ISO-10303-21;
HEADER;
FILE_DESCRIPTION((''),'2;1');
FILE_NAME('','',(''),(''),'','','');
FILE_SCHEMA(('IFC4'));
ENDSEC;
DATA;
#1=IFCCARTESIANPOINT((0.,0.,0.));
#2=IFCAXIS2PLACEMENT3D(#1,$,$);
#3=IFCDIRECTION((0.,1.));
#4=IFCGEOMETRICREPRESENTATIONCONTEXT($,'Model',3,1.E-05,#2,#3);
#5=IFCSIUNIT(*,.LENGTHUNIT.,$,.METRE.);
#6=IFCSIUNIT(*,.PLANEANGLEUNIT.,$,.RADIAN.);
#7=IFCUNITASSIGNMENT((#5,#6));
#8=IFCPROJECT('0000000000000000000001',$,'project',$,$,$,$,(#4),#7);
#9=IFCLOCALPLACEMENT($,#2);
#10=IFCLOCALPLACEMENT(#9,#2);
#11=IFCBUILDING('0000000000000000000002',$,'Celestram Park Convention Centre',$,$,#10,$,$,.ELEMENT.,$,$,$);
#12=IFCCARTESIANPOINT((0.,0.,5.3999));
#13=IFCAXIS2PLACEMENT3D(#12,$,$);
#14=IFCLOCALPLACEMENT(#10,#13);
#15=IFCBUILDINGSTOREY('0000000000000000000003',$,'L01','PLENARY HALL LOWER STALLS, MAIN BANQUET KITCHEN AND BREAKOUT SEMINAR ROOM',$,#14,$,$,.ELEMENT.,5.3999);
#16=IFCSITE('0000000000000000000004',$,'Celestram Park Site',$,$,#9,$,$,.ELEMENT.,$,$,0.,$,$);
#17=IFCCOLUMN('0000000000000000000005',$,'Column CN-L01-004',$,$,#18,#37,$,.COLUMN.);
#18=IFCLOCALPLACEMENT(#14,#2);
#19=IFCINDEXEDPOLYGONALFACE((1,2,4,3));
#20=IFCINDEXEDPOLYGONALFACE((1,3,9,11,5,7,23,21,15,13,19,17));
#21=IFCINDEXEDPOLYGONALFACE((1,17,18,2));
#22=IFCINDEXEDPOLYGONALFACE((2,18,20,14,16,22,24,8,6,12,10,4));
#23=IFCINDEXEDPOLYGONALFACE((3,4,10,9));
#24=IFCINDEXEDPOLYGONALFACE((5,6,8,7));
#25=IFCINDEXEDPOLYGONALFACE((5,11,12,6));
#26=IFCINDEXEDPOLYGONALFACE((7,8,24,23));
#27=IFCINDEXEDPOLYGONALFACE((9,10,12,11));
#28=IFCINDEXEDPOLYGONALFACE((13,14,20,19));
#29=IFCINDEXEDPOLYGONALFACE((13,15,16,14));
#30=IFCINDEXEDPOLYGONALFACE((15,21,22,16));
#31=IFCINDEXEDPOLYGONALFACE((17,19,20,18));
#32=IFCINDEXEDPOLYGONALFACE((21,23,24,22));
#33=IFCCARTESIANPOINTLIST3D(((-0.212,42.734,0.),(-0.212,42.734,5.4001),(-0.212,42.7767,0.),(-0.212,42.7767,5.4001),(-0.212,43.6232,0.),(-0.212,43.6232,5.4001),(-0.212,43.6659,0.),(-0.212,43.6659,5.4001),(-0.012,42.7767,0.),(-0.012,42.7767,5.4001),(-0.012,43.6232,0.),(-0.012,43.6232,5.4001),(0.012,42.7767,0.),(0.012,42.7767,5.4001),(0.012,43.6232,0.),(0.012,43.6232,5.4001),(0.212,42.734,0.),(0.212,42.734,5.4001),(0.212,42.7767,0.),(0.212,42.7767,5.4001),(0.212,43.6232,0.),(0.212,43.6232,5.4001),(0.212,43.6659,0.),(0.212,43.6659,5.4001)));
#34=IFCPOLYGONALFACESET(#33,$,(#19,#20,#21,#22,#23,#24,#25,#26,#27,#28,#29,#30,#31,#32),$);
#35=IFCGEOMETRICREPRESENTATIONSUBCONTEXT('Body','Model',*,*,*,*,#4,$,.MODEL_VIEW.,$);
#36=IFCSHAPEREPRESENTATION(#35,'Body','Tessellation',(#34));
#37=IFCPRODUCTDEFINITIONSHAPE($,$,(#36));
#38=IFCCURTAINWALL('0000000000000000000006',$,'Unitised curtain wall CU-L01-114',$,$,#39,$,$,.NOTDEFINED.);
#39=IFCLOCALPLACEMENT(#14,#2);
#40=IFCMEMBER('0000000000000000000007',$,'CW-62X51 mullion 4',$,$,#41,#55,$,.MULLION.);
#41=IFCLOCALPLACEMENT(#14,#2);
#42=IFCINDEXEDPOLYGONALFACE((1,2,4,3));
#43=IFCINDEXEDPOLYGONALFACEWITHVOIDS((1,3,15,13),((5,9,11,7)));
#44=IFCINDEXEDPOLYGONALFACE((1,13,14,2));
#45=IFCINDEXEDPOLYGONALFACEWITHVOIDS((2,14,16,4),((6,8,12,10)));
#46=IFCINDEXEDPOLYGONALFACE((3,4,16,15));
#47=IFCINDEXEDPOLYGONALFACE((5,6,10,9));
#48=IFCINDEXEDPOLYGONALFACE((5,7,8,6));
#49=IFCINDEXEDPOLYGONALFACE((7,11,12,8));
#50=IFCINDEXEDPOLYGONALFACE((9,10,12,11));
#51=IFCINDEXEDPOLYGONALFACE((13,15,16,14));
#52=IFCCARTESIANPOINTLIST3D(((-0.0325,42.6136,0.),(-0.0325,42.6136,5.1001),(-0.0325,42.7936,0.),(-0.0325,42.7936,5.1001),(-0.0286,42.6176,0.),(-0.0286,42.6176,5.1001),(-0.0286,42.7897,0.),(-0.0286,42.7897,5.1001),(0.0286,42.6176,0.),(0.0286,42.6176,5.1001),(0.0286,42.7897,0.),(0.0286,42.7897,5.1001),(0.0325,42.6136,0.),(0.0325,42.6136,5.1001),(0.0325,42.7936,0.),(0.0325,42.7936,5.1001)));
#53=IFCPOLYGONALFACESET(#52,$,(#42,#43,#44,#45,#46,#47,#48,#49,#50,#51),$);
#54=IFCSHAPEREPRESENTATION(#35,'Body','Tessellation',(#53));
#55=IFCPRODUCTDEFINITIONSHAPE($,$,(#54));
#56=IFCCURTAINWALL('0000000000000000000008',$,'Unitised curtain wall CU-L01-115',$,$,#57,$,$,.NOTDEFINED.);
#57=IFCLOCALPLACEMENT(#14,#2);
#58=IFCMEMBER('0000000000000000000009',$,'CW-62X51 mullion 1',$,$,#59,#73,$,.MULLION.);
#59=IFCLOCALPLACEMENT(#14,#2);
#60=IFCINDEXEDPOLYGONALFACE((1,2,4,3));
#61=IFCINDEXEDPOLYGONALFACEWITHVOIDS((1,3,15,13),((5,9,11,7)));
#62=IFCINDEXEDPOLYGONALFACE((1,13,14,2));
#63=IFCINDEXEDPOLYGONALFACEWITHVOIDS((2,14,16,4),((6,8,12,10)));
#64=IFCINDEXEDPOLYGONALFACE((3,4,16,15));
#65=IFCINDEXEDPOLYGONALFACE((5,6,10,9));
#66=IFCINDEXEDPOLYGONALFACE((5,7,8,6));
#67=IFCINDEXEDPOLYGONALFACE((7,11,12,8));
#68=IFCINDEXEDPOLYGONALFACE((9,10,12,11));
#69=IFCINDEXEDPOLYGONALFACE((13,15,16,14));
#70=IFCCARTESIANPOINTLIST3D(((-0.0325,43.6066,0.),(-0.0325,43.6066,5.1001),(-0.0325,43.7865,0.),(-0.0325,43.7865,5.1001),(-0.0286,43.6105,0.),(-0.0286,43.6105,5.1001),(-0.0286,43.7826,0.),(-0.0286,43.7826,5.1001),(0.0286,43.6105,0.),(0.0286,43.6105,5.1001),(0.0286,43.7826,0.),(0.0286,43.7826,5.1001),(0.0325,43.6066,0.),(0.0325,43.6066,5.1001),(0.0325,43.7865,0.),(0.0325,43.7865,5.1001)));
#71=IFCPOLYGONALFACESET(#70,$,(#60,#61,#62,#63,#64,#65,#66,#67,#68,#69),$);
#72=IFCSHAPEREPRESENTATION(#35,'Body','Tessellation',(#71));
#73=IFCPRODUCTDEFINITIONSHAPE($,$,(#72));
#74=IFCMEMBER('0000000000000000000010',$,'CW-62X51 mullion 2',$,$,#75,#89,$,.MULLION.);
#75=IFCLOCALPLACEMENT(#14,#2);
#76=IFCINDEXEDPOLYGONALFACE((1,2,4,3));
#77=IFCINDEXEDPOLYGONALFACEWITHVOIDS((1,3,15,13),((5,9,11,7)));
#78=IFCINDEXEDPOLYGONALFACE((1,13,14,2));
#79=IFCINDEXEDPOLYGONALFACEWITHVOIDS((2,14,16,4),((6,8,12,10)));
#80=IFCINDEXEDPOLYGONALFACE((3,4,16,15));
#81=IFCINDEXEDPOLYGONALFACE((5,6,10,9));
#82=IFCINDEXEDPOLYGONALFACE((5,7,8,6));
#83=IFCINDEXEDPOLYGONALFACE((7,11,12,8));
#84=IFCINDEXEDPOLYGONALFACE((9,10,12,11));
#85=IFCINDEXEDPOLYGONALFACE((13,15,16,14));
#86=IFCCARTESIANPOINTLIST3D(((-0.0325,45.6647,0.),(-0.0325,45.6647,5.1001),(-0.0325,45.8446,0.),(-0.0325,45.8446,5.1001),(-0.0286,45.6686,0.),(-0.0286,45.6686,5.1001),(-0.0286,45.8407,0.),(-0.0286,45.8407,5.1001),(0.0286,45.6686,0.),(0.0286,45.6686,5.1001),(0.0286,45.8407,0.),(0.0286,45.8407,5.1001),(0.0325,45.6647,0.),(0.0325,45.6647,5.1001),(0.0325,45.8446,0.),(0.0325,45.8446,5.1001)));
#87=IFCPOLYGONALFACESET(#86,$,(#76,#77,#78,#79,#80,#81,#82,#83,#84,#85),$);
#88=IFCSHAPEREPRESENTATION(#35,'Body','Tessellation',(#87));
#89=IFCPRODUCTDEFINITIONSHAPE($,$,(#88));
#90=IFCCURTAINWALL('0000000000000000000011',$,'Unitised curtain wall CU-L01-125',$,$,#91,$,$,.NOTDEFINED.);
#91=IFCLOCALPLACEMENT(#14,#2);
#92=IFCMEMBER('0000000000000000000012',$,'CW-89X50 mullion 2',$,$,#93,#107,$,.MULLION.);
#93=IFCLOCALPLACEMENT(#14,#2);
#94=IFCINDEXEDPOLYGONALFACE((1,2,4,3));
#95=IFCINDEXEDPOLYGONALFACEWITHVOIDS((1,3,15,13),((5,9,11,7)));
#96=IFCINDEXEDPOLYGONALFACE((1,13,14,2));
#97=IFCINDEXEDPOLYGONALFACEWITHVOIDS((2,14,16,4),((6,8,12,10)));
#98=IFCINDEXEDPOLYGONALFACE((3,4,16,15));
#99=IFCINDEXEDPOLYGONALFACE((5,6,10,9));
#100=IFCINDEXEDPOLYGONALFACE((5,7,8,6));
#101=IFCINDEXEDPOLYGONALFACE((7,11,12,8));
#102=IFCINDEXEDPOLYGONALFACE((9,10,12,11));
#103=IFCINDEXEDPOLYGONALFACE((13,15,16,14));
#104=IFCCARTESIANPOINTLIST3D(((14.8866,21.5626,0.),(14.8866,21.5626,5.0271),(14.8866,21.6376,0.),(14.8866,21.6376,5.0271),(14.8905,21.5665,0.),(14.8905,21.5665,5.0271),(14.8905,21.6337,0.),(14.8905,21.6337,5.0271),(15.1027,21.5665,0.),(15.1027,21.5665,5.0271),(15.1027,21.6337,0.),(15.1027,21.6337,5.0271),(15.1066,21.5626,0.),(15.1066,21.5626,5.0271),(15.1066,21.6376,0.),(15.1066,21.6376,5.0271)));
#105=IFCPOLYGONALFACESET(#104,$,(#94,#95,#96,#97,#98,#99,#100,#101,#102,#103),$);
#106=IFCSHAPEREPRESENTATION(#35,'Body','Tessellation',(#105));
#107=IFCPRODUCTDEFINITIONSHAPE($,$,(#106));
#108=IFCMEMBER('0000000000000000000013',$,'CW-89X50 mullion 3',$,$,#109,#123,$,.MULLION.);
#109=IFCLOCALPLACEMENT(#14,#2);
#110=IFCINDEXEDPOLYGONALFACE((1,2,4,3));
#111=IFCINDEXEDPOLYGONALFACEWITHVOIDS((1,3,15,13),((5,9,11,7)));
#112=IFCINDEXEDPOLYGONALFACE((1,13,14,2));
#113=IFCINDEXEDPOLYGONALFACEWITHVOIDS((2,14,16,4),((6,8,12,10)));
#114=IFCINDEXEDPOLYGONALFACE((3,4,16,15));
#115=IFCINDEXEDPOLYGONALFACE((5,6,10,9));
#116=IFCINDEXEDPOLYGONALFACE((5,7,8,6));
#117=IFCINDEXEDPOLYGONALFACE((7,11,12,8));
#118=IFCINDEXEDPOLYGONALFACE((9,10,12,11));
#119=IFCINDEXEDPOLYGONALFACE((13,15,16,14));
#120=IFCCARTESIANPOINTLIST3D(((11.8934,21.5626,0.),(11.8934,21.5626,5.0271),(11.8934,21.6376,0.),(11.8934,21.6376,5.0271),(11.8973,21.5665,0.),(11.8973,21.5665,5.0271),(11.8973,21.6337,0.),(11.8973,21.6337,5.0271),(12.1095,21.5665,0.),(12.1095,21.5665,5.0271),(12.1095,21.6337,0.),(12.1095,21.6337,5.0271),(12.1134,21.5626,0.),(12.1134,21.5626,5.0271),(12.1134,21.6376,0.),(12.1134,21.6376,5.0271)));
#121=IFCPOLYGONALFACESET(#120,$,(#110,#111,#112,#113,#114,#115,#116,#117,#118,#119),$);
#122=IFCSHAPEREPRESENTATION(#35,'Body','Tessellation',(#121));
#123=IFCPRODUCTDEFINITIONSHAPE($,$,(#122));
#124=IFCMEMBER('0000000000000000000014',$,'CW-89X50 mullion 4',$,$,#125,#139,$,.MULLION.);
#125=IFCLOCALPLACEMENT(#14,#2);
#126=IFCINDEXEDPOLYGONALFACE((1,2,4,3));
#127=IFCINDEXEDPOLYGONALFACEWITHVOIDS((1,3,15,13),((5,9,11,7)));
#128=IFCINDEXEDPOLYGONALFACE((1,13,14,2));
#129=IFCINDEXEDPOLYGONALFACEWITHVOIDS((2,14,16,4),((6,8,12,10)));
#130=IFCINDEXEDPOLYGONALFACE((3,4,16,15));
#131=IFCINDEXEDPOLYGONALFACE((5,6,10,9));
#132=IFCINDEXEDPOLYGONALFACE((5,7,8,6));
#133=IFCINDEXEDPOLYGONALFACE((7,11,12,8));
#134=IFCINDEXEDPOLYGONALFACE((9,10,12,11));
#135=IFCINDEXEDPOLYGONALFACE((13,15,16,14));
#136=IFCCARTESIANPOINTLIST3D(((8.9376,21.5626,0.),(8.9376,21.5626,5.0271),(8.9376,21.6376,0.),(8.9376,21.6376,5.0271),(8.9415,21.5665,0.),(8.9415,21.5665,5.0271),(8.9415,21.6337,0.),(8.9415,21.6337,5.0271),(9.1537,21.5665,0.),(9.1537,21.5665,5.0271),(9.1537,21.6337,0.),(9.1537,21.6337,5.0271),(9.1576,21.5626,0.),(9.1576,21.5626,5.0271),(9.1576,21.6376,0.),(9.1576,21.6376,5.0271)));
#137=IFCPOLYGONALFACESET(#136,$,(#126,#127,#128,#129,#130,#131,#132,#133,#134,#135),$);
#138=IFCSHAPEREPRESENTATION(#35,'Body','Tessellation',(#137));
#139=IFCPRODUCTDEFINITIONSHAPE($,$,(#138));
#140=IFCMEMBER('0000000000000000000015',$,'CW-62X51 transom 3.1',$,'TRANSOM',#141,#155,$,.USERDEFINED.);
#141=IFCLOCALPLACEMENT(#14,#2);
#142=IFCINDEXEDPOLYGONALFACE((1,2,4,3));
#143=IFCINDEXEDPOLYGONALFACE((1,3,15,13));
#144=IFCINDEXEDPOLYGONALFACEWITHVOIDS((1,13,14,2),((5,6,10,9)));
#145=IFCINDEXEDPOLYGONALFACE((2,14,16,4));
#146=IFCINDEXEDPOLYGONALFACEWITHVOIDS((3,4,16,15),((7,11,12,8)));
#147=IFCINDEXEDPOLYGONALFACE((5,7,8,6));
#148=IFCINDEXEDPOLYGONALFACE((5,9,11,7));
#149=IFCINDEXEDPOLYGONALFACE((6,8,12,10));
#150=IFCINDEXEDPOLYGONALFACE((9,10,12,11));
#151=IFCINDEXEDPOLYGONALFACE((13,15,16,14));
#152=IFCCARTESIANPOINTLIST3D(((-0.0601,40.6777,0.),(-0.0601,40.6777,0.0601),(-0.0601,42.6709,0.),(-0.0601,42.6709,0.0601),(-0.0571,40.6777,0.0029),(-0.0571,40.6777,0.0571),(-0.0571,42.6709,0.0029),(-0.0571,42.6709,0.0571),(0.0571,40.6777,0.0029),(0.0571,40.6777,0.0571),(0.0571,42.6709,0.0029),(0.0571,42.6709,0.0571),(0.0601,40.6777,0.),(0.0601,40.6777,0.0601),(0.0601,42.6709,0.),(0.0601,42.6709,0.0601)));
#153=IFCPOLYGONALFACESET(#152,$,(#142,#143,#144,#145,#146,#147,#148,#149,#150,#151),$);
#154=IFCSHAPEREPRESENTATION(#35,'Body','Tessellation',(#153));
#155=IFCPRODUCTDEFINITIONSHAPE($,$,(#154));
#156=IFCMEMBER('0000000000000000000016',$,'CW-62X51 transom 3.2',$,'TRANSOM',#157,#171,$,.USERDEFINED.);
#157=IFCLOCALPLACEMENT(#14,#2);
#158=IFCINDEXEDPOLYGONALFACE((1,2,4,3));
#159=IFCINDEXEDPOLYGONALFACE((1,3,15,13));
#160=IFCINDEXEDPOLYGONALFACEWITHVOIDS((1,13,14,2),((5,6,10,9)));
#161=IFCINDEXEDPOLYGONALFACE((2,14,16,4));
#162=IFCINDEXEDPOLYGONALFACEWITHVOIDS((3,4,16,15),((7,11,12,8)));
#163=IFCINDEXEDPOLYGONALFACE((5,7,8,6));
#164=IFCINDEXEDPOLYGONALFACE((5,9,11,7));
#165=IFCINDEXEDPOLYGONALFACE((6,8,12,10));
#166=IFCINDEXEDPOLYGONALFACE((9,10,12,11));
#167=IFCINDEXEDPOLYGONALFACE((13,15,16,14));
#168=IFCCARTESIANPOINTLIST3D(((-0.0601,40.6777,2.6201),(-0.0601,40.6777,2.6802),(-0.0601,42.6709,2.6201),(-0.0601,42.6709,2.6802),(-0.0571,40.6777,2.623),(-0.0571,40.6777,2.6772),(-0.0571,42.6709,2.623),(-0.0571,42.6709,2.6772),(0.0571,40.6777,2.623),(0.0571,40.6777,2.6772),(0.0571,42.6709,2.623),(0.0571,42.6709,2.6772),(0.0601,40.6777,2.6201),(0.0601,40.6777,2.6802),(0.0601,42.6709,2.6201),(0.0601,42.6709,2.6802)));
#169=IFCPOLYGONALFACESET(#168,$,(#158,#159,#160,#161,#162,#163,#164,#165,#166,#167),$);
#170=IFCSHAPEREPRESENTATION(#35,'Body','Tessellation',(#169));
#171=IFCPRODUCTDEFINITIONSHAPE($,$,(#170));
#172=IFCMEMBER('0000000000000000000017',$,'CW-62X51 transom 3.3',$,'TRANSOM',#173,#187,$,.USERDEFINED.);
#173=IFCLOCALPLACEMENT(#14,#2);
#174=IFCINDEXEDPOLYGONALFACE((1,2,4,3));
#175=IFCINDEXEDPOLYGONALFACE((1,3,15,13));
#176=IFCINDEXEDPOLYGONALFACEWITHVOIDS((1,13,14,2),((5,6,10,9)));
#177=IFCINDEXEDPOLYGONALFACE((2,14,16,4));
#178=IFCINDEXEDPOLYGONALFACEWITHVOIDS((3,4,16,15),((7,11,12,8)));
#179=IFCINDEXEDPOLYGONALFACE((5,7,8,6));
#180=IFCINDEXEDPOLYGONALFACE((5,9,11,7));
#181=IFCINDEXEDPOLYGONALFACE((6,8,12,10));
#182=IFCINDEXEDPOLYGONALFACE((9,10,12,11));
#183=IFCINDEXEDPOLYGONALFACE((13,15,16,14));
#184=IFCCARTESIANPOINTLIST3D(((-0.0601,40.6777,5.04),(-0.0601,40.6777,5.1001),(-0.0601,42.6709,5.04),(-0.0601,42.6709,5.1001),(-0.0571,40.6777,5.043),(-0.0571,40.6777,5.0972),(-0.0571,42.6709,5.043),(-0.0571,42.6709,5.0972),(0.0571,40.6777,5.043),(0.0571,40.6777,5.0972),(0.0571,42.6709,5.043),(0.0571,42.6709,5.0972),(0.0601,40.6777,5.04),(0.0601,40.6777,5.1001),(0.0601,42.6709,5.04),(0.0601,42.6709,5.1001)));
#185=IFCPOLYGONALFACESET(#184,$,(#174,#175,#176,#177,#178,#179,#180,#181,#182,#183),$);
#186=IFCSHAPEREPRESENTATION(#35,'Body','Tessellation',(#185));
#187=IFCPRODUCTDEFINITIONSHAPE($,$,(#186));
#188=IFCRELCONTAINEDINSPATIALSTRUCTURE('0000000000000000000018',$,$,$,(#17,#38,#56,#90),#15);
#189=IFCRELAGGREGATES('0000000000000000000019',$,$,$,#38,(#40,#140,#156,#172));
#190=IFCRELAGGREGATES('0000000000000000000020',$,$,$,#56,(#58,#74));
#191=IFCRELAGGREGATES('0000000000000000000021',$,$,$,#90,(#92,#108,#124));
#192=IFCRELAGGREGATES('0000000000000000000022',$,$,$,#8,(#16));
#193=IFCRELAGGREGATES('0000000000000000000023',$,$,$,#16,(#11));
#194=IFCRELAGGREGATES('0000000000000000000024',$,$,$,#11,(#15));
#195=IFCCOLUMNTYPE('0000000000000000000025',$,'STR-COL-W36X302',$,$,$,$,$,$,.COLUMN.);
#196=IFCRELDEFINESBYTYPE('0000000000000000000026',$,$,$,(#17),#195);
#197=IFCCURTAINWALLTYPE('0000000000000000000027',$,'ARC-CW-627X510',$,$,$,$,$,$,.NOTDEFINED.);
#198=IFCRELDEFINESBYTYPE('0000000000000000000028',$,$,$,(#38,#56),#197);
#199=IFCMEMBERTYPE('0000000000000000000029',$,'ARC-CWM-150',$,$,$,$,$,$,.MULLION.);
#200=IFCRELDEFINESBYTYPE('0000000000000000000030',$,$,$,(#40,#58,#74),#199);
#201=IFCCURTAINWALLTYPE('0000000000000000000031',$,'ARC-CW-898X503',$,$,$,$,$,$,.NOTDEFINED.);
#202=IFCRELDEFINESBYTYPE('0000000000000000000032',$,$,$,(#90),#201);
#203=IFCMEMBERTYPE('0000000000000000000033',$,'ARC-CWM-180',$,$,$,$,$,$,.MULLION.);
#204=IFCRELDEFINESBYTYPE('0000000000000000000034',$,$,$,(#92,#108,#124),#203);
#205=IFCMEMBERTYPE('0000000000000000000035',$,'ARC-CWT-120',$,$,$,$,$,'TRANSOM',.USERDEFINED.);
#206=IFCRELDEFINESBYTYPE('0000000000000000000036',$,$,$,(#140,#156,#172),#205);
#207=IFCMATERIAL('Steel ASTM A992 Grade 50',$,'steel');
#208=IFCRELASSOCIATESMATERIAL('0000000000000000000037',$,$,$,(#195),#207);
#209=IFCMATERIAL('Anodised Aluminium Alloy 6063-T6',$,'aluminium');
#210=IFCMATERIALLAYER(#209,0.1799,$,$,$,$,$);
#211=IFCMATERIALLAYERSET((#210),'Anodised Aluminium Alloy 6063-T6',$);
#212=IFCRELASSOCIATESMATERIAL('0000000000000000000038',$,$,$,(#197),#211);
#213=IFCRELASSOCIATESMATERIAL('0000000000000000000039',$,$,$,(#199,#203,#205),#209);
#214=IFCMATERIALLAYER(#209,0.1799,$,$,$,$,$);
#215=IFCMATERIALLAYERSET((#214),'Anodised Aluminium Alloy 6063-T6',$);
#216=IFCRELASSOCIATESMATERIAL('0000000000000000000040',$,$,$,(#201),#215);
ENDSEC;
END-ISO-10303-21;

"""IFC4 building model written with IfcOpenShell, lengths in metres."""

from ifc_helpers import new_model, si_unit, direction, frame, origin, origin_2d, place, context, subcontext, project, spatial, hollow_rectangle, i_section, extrude, material, layer, layer_set, material_profile, profile_set, type_object, element, aggregate, save


model = new_model("IFC4")

# Units and contexts
model_context = context("Model", 3, precision=1e-05, world=origin(), true_north=direction((0.0, 1.0)))
body_context = subcontext(model_context, "Body", "Model", "MODEL_VIEW")
ifc_project = project(units=[si_unit("LENGTHUNIT", "METRE"), si_unit("PLANEANGLEUNIT", "RADIAN")], contexts=[model_context])

# Site, building, storey
site_placement = place(None, origin())
site = spatial("IfcSite", under=ifc_project, at=site_placement, Name="Celestram Park Site", CompositionType="ELEMENT", RefElevation=0.0)
building_placement = place(site_placement, origin())
building = spatial("IfcBuilding", under=site, at=building_placement, Name="Celestram Park Convention Centre", CompositionType="ELEMENT")
storey_placement = place(building_placement, frame((0.0, 0.0, 5.3999)))
storey = spatial("IfcBuildingStorey", under=building, at=storey_placement, Name="L01", Description="PLENARY HALL LOWER STALLS, MAIN BANQUET KITCHEN AND BREAKOUT SEMINAR ROOM", CompositionType="ELEMENT", Elevation=5.3999)

# Column
ifc_material_1 = material(Name="Steel ASTM A992 Grade 50", Category="steel")
ifc_material_profile_1 = material_profile(ifc_material_1, i_section(OverallWidth=0.4241, OverallDepth=0.9319, WebThickness=0.0239, FlangeThickness=0.0427, at=origin_2d()), Name="W36X302")
ifc_profile_set_1 = profile_set([ifc_material_profile_1], Name="Steel ASTM A992 Grade 50")
column_type = type_object("IfcColumnType", Name="STR-COL-W36X302", PredefinedType="COLUMN", material=ifc_profile_set_1)
column_placement = place(storey_placement, frame((0.0, 43.2, 0.0), z_axis=(0.0, 0.0, 1.0), x_axis=(1.0, 0.0, 0.0)))
element("IfcColumn", 1, at=column_placement, inside=storey, type_object=column_type, Name="Column CN-L01-004", PredefinedType="COLUMN", context=body_context, shape_type="SweptSolid", body=[
    extrude(i_section(OverallWidth=0.4241, OverallDepth=0.9319, WebThickness=0.0239, FlangeThickness=0.0427, at=origin_2d()), origin(), (0.0, 0.0, 1.0), 5.4001),
])

# Curtain wall, member
ifc_material_2 = material(Name="Anodised Aluminium Alloy 6063-T6", Category="aluminium")
ifc_layer_1 = layer(ifc_material_2, 0.1799)
ifc_layer_set_1 = layer_set([ifc_layer_1], Name="Anodised Aluminium Alloy 6063-T6")
curtain_wall_type_1 = type_object("IfcCurtainWallType", Name="ARC-CW-627X510", PredefinedType="NOTDEFINED", material=ifc_layer_set_1)
curtain_wall_1_placement = place(storey_placement, origin())
curtain_wall_1 = element("IfcCurtainWall", 2, at=curtain_wall_1_placement, inside=storey, type_object=curtain_wall_type_1, Name="Unitised curtain wall CU-L01-114", PredefinedType="NOTDEFINED")
ifc_material_profile_2 = material_profile(ifc_material_2, hollow_rectangle(XDim=0.0649, YDim=0.1799, WallThickness=0.0039, at=origin_2d()), Name="ALU65X180X4")
ifc_profile_set_2 = profile_set([ifc_material_profile_2], Name="Anodised Aluminium Alloy 6063-T6")
member_type_1 = type_object("IfcMemberType", Name="ARC-CWM-150", PredefinedType="MULLION", material=ifc_profile_set_2)
member_1_placement = place(storey_placement, frame((0.0, 42.7036, 0.0), z_axis=(0.0, 0.0, 1.0), x_axis=(-1.0, 0.0, 0.0)))
member_1 = element("IfcMember", 3, at=member_1_placement, type_object=member_type_1, Name="CW-62X51 mullion 4", PredefinedType="MULLION", context=body_context, shape_type="SweptSolid", body=[
    extrude(hollow_rectangle(XDim=0.0649, YDim=0.1799, WallThickness=0.0039, at=origin_2d()), origin(), (0.0, 0.0, 1.0), 5.1001),
])

# Curtain walls, members
curtain_wall_2_placement = place(storey_placement, origin())
curtain_wall_2 = element("IfcCurtainWall", 4, at=curtain_wall_2_placement, inside=storey, type_object=curtain_wall_type_1, Name="Unitised curtain wall CU-L01-115", PredefinedType="NOTDEFINED")
member_2_placement = place(storey_placement, frame((0.0, 43.6965, 0.0), z_axis=(0.0, 0.0, 1.0), x_axis=(-1.0, 0.0, 0.0)))
member_2 = element("IfcMember", 5, at=member_2_placement, type_object=member_type_1, Name="CW-62X51 mullion 1", PredefinedType="MULLION", context=body_context, shape_type="SweptSolid", body=[
    extrude(hollow_rectangle(XDim=0.0649, YDim=0.1799, WallThickness=0.0039, at=origin_2d()), origin(), (0.0, 0.0, 1.0), 5.1001),
])
member_3_placement = place(storey_placement, frame((0.0, 45.7546, 0.0), z_axis=(0.0, 0.0, 1.0), x_axis=(-1.0, 0.0, 0.0)))
member_3 = element("IfcMember", 6, at=member_3_placement, type_object=member_type_1, Name="CW-62X51 mullion 2", PredefinedType="MULLION", context=body_context, shape_type="SweptSolid", body=[
    extrude(hollow_rectangle(XDim=0.0649, YDim=0.1799, WallThickness=0.0039, at=origin_2d()), origin(), (0.0, 0.0, 1.0), 5.1001),
])
ifc_layer_2 = layer(ifc_material_2, 0.1799)
ifc_layer_set_2 = layer_set([ifc_layer_2], Name="Anodised Aluminium Alloy 6063-T6")
curtain_wall_type_2 = type_object("IfcCurtainWallType", Name="ARC-CW-898X503", PredefinedType="NOTDEFINED", material=ifc_layer_set_2)
curtain_wall_3_placement = place(storey_placement, origin())
curtain_wall_3 = element("IfcCurtainWall", 7, at=curtain_wall_3_placement, inside=storey, type_object=curtain_wall_type_2, Name="Unitised curtain wall CU-L01-125", PredefinedType="NOTDEFINED")
ifc_material_profile_3 = material_profile(ifc_material_2, hollow_rectangle(XDim=0.075, YDim=0.22, WallThickness=0.0039, at=origin_2d()), Name="ALU75X220X4")
ifc_profile_set_3 = profile_set([ifc_material_profile_3], Name="Anodised Aluminium Alloy 6063-T6")
member_type_2 = type_object("IfcMemberType", Name="ARC-CWM-180", PredefinedType="MULLION", material=ifc_profile_set_3)
member_4_placement = place(storey_placement, frame((14.9966, 21.6001, 0.0), z_axis=(0.0, 0.0, 1.0), x_axis=(0.0, -1.0, 0.0)))
member_4 = element("IfcMember", 8, at=member_4_placement, type_object=member_type_2, Name="CW-89X50 mullion 2", PredefinedType="MULLION", context=body_context, shape_type="SweptSolid", body=[
    extrude(hollow_rectangle(XDim=0.075, YDim=0.22, WallThickness=0.0039, at=origin_2d()), origin(), (0.0, 0.0, 1.0), 5.0271),
])
member_5_placement = place(storey_placement, frame((12.0034, 21.6001, 0.0), z_axis=(0.0, 0.0, 1.0), x_axis=(0.0, -1.0, 0.0)))
member_5 = element("IfcMember", 9, at=member_5_placement, type_object=member_type_2, Name="CW-89X50 mullion 3", PredefinedType="MULLION", context=body_context, shape_type="SweptSolid", body=[
    extrude(hollow_rectangle(XDim=0.075, YDim=0.22, WallThickness=0.0039, at=origin_2d()), origin(), (0.0, 0.0, 1.0), 5.0271),
])
member_6_placement = place(storey_placement, frame((9.0476, 21.6001, 0.0), z_axis=(0.0, 0.0, 1.0), x_axis=(0.0, -1.0, 0.0)))
member_6 = element("IfcMember", 10, at=member_6_placement, type_object=member_type_2, Name="CW-89X50 mullion 4", PredefinedType="MULLION", context=body_context, shape_type="SweptSolid", body=[
    extrude(hollow_rectangle(XDim=0.075, YDim=0.22, WallThickness=0.0039, at=origin_2d()), origin(), (0.0, 0.0, 1.0), 5.0271),
])

# Members
ifc_material_profile_4 = material_profile(ifc_material_2, hollow_rectangle(XDim=0.1201, YDim=0.0601, WallThickness=0.0029, at=origin_2d()), Name="ALU120X60X3")
ifc_profile_set_4 = profile_set([ifc_material_profile_4], Name="Anodised Aluminium Alloy 6063-T6")
member_type_3 = type_object("IfcMemberType", Name="ARC-CWT-120", ElementType="TRANSOM", PredefinedType="USERDEFINED", material=ifc_profile_set_4)
member_7_placement = place(storey_placement, frame((0.0, 40.6777, 0.03), z_axis=(0.0, 1.0, 0.0), x_axis=(-1.0, 0.0, 0.0)))
member_7 = element("IfcMember", 11, at=member_7_placement, type_object=member_type_3, Name="CW-62X51 transom 3.1", ObjectType="TRANSOM", PredefinedType="USERDEFINED", context=body_context, shape_type="SweptSolid", body=[
    extrude(hollow_rectangle(XDim=0.1201, YDim=0.0601, WallThickness=0.0029, at=origin_2d()), origin(), (0.0, 0.0, 1.0), 1.9932),
])
member_8_placement = place(storey_placement, frame((0.0, 40.6777, 2.6501), z_axis=(0.0, 1.0, 0.0), x_axis=(-1.0, 0.0, 0.0)))
member_8 = element("IfcMember", 12, at=member_8_placement, type_object=member_type_3, Name="CW-62X51 transom 3.2", ObjectType="TRANSOM", PredefinedType="USERDEFINED", context=body_context, shape_type="SweptSolid", body=[
    extrude(hollow_rectangle(XDim=0.1201, YDim=0.0601, WallThickness=0.0029, at=origin_2d()), origin(), (0.0, 0.0, 1.0), 1.9932),
])
member_9_placement = place(storey_placement, frame((0.0, 40.6777, 5.0701), z_axis=(0.0, 1.0, 0.0), x_axis=(-1.0, 0.0, 0.0)))
member_9 = element("IfcMember", 13, at=member_9_placement, type_object=member_type_3, Name="CW-62X51 transom 3.3", ObjectType="TRANSOM", PredefinedType="USERDEFINED", context=body_context, shape_type="SweptSolid", body=[
    extrude(hollow_rectangle(XDim=0.1201, YDim=0.0601, WallThickness=0.0029, at=origin_2d()), origin(), (0.0, 0.0, 1.0), 1.9932),
])

aggregate(curtain_wall_1, [member_1, member_7, member_8, member_9])
aggregate(curtain_wall_2, [member_2, member_3])
aggregate(curtain_wall_3, [member_4, member_5, member_6])

save(model, "model.ifc")
